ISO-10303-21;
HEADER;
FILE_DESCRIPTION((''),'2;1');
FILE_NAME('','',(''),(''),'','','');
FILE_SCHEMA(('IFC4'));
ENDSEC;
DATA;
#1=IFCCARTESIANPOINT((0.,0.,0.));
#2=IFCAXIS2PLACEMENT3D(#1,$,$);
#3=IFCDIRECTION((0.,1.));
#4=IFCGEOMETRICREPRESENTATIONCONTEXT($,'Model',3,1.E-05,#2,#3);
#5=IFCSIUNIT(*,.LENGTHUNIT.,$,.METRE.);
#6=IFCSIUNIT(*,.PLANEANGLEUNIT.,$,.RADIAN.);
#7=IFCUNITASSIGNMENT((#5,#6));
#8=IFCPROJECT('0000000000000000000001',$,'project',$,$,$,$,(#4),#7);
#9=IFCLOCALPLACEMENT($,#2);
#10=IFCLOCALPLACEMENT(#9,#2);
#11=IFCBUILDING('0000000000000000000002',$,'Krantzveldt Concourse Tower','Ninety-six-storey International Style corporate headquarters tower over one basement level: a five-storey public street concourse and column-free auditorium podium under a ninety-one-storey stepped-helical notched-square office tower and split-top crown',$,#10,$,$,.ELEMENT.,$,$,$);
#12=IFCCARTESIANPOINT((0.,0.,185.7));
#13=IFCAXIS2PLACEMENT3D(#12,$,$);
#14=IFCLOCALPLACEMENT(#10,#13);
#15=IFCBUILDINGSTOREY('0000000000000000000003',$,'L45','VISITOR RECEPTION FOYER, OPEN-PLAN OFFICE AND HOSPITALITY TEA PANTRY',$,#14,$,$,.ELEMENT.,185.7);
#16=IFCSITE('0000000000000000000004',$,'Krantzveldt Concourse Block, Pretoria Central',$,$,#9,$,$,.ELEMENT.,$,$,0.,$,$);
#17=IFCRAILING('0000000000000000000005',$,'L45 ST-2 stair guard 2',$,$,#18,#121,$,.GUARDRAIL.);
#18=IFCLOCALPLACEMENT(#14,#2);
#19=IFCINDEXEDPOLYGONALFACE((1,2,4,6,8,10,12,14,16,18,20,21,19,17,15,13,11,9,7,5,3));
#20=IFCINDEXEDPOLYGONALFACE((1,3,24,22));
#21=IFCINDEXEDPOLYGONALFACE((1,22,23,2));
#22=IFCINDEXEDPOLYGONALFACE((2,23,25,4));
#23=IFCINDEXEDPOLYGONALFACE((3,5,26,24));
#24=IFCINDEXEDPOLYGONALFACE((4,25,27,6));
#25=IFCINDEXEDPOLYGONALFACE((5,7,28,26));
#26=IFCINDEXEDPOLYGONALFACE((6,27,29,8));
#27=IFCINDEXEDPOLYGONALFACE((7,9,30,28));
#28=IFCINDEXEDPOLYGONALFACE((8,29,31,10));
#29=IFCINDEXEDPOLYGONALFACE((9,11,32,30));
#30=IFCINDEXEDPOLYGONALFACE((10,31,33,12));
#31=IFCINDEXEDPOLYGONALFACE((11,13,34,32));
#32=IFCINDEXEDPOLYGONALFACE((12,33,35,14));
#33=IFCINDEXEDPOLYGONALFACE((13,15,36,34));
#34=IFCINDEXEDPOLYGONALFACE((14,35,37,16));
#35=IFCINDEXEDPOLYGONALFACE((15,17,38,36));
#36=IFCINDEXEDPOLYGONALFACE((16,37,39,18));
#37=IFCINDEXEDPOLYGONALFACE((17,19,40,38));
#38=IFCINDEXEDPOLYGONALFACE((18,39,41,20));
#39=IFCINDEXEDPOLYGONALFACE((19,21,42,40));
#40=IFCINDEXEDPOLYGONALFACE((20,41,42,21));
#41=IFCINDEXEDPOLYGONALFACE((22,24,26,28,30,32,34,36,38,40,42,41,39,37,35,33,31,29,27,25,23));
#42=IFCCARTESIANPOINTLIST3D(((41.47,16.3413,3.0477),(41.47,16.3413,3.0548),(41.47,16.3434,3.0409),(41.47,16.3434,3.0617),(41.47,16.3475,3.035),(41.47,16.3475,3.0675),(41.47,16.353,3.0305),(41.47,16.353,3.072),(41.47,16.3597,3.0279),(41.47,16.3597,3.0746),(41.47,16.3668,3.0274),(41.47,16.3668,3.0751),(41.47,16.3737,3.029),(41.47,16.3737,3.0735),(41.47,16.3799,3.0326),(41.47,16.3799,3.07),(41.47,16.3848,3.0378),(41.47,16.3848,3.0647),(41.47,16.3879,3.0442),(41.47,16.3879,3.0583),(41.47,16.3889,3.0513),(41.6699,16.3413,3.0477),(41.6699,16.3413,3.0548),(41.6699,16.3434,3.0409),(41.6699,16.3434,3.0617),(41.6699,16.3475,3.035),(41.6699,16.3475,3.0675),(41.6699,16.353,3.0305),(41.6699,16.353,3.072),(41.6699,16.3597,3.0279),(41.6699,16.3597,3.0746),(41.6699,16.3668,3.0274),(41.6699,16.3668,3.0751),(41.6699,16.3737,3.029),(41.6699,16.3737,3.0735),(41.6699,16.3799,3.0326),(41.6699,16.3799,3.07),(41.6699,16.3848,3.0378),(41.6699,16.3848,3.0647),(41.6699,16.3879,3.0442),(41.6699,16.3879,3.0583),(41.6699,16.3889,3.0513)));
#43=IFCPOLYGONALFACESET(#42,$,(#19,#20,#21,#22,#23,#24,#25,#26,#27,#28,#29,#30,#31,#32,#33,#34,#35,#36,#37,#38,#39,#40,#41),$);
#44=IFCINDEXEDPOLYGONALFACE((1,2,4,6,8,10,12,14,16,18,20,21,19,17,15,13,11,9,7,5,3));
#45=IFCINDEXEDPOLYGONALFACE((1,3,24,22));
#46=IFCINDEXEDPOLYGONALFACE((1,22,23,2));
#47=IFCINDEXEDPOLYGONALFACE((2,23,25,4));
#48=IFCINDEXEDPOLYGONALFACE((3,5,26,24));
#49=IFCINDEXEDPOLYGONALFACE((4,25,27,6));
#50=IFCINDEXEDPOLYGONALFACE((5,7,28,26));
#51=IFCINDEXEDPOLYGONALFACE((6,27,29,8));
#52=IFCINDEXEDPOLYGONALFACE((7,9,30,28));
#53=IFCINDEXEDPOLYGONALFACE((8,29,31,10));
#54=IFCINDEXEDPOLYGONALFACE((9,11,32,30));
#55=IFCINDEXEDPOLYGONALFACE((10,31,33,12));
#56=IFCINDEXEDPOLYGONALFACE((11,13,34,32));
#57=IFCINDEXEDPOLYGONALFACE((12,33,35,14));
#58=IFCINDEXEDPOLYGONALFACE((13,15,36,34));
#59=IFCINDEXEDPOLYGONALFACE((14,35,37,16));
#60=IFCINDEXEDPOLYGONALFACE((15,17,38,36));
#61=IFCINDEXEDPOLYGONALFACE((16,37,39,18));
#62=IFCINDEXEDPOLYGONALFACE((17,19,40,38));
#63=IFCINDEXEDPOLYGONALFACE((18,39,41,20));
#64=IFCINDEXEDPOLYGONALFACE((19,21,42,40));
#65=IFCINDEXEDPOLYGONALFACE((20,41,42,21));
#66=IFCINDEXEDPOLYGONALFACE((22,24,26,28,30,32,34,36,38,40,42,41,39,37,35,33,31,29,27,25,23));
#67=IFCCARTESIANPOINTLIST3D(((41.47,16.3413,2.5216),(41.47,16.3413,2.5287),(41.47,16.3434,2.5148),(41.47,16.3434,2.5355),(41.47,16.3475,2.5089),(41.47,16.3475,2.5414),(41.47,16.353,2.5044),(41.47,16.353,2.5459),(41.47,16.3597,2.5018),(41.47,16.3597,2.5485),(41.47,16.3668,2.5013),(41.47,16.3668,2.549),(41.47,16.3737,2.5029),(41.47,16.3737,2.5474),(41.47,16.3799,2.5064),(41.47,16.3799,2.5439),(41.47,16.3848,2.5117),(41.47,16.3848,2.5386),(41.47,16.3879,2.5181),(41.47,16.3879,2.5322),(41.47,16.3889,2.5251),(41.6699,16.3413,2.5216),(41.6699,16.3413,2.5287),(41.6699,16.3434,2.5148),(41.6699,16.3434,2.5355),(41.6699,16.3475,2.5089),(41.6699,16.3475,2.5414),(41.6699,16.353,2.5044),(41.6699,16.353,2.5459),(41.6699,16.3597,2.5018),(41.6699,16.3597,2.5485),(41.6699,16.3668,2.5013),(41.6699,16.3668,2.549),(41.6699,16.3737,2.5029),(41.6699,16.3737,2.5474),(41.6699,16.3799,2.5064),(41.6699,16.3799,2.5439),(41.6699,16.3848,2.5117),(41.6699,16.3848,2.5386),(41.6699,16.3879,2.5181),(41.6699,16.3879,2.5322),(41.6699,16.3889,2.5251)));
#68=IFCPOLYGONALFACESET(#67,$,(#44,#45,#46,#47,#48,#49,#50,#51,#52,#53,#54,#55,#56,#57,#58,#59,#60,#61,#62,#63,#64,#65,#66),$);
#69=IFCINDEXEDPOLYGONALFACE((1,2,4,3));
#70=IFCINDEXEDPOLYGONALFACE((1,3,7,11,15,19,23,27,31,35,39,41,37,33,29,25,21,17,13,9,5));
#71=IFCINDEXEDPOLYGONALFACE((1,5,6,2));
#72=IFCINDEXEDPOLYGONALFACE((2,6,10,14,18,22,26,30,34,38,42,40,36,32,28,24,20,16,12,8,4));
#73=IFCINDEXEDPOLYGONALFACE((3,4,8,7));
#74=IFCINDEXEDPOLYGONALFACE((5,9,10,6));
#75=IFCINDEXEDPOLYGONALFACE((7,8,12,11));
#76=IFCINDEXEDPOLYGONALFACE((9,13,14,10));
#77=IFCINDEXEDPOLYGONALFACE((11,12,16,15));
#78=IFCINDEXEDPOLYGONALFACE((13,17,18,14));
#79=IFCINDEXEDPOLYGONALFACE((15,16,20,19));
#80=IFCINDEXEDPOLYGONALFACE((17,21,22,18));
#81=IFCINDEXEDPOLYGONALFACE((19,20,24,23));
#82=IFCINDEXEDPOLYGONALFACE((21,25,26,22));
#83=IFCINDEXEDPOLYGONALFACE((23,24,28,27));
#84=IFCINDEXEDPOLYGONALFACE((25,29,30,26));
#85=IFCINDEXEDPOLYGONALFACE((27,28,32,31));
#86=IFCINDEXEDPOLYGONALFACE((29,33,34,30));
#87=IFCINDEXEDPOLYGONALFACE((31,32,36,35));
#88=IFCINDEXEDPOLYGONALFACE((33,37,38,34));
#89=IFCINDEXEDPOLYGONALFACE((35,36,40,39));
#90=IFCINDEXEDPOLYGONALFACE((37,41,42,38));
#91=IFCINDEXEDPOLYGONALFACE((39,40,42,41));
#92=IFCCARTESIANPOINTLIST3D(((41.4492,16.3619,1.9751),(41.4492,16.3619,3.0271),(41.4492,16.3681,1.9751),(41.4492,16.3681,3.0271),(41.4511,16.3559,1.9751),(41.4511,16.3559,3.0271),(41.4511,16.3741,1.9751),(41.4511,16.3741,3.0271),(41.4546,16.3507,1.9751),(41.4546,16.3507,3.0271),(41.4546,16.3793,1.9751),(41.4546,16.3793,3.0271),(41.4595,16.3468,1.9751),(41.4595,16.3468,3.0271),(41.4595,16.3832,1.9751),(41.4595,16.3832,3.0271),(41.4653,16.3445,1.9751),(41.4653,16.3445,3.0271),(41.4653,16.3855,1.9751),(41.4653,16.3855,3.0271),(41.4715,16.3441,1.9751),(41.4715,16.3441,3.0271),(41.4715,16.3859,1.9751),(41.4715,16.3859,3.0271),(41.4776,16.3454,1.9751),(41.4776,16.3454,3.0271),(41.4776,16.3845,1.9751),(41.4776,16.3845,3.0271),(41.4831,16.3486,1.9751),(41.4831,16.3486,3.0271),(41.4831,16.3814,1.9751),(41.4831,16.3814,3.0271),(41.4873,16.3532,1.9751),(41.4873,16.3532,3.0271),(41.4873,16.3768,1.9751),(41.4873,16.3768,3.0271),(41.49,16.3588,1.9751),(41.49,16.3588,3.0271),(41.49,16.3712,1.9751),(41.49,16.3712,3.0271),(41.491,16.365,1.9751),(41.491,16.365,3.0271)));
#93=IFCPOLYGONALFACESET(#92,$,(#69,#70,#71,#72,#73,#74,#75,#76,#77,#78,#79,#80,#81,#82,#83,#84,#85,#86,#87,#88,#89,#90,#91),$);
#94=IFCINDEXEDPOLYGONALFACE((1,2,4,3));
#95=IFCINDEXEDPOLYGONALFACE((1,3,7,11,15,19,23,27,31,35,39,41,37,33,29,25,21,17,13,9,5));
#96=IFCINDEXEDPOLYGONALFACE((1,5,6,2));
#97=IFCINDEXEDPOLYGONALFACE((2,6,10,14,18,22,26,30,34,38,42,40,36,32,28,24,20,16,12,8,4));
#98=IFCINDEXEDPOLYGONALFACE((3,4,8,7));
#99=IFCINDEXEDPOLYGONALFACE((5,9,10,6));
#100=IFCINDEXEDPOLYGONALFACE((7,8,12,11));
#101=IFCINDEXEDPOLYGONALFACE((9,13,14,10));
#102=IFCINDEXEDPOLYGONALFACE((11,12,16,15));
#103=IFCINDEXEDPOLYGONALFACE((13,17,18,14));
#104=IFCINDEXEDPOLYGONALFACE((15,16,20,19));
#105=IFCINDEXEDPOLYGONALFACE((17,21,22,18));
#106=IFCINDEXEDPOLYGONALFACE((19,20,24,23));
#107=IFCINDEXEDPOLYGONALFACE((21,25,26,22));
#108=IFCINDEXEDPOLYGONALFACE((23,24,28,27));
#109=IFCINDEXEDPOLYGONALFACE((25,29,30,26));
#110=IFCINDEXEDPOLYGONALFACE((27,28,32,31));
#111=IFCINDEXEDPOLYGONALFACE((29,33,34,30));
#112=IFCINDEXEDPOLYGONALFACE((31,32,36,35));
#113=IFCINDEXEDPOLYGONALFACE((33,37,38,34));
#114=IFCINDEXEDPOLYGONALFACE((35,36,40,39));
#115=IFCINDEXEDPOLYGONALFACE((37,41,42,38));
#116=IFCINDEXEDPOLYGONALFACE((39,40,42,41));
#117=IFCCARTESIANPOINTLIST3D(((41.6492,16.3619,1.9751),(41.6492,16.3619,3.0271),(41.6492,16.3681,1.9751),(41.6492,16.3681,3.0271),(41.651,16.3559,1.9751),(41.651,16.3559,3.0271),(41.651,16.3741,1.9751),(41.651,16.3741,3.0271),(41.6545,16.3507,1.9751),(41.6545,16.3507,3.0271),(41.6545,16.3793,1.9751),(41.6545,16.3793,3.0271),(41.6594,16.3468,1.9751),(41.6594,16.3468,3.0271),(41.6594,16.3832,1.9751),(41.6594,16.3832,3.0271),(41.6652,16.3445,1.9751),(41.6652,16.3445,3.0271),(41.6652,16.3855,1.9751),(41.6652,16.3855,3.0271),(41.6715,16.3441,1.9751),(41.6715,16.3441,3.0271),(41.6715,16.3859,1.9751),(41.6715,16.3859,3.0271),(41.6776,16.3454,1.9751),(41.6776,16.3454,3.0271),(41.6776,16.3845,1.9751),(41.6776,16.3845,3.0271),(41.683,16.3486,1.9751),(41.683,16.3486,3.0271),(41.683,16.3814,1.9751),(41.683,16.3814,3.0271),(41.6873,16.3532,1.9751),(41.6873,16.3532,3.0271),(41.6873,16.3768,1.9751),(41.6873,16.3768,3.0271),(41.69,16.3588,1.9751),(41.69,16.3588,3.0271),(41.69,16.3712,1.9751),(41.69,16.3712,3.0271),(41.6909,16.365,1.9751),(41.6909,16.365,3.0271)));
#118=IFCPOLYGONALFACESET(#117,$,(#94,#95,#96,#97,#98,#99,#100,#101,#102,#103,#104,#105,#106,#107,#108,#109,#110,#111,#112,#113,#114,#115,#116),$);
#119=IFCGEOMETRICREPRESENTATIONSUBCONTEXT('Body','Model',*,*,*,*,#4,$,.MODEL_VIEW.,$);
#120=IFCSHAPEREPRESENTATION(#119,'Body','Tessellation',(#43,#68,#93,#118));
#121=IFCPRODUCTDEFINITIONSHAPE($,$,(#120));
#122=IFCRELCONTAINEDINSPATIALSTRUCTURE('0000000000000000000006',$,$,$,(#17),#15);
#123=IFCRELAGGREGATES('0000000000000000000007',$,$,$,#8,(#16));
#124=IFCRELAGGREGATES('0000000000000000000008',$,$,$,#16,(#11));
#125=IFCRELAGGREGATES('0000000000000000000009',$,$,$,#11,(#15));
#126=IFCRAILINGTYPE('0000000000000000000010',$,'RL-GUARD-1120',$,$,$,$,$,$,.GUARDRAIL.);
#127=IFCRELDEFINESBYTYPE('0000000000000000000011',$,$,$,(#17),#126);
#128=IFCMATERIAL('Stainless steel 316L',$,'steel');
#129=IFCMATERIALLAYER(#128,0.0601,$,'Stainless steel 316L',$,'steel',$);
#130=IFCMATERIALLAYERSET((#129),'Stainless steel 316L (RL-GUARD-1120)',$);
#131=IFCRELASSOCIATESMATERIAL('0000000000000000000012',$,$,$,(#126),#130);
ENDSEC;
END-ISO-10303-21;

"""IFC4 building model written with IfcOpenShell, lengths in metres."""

from ifc_helpers import new_model, si_unit, direction, frame, origin, origin_2d, place, context, subcontext, project, spatial, circle, extrude, material, layer, layer_set, type_object, element, save


model = new_model("IFC4")

# Units and contexts
model_context = context("Model", 3, precision=1e-05, world=origin(), true_north=direction((0.0, 1.0)))
body_context = subcontext(model_context, "Body", "Model", "MODEL_VIEW")
ifc_project = project(units=[si_unit("LENGTHUNIT", "METRE"), si_unit("PLANEANGLEUNIT", "RADIAN")], contexts=[model_context])

# Site, building, storey
site_placement = place(None, origin())
site = spatial("IfcSite", under=ifc_project, at=site_placement, Name="Krantzveldt Concourse Block, Pretoria Central", CompositionType="ELEMENT", RefElevation=0.0)
building_placement = place(site_placement, origin())
building = spatial("IfcBuilding", under=site, at=building_placement, Name="Krantzveldt Concourse Tower", Description="Ninety-six-storey International Style corporate headquarters tower over one basement level: a five-storey public street concourse and column-free auditorium podium under a ninety-one-storey stepped-helical notched-square office tower and split-top crown", CompositionType="ELEMENT")
storey_placement = place(building_placement, frame((0.0, 0.0, 185.7)))
storey = spatial("IfcBuildingStorey", under=building, at=storey_placement, Name="L45", Description="VISITOR RECEPTION FOYER, OPEN-PLAN OFFICE AND HOSPITALITY TEA PANTRY", CompositionType="ELEMENT", Elevation=185.7)

# Shared definitions
ifc_material_1 = material(Name="Stainless steel 316L", Category="steel")

# Railing
ifc_layer_1 = layer(ifc_material_1, 0.0601, Name="Stainless steel 316L", Category="steel")
ifc_layer_set_1 = layer_set([ifc_layer_1], Name="Stainless steel 316L (RL-GUARD-1120)")
railing_type_1 = type_object("IfcRailingType", Name="RL-GUARD-1120", PredefinedType="GUARDRAIL", material=ifc_layer_set_1)
railing_1_placement = place(storey_placement, frame((41.47, 16.365, 1.9751)))
element("IfcRailing", 1, at=railing_1_placement, inside=storey, type_object=railing_type_1, Name="L45 ST-2 stair guard 2", PredefinedType="GUARDRAIL", context=body_context, shape_type="SweptSolid", body=[
    extrude(circle(Radius=0.0239, at=origin_2d()), frame((0.0, 0.0, 1.0762), z_axis=(1.0, 0.0, 0.0), x_axis=(0.0, 1.0, 0.0)), (0.0, 0.0, 1.0), 0.2),
    extrude(circle(Radius=0.0239, at=origin_2d()), frame((0.0, 0.0, 0.55), z_axis=(1.0, 0.0, 0.0), x_axis=(0.0, 1.0, 0.0)), (0.0, 0.0, 1.0), 0.2),
    extrude(circle(Radius=0.021, at=origin_2d()), origin(), (0.0, 0.0, 1.0), 1.052),
    extrude(circle(Radius=0.021, at=origin_2d()), frame((0.2, 0.0, 0.0)), (0.0, 0.0, 1.0), 1.052),
])

save(model, "model.ifc")
